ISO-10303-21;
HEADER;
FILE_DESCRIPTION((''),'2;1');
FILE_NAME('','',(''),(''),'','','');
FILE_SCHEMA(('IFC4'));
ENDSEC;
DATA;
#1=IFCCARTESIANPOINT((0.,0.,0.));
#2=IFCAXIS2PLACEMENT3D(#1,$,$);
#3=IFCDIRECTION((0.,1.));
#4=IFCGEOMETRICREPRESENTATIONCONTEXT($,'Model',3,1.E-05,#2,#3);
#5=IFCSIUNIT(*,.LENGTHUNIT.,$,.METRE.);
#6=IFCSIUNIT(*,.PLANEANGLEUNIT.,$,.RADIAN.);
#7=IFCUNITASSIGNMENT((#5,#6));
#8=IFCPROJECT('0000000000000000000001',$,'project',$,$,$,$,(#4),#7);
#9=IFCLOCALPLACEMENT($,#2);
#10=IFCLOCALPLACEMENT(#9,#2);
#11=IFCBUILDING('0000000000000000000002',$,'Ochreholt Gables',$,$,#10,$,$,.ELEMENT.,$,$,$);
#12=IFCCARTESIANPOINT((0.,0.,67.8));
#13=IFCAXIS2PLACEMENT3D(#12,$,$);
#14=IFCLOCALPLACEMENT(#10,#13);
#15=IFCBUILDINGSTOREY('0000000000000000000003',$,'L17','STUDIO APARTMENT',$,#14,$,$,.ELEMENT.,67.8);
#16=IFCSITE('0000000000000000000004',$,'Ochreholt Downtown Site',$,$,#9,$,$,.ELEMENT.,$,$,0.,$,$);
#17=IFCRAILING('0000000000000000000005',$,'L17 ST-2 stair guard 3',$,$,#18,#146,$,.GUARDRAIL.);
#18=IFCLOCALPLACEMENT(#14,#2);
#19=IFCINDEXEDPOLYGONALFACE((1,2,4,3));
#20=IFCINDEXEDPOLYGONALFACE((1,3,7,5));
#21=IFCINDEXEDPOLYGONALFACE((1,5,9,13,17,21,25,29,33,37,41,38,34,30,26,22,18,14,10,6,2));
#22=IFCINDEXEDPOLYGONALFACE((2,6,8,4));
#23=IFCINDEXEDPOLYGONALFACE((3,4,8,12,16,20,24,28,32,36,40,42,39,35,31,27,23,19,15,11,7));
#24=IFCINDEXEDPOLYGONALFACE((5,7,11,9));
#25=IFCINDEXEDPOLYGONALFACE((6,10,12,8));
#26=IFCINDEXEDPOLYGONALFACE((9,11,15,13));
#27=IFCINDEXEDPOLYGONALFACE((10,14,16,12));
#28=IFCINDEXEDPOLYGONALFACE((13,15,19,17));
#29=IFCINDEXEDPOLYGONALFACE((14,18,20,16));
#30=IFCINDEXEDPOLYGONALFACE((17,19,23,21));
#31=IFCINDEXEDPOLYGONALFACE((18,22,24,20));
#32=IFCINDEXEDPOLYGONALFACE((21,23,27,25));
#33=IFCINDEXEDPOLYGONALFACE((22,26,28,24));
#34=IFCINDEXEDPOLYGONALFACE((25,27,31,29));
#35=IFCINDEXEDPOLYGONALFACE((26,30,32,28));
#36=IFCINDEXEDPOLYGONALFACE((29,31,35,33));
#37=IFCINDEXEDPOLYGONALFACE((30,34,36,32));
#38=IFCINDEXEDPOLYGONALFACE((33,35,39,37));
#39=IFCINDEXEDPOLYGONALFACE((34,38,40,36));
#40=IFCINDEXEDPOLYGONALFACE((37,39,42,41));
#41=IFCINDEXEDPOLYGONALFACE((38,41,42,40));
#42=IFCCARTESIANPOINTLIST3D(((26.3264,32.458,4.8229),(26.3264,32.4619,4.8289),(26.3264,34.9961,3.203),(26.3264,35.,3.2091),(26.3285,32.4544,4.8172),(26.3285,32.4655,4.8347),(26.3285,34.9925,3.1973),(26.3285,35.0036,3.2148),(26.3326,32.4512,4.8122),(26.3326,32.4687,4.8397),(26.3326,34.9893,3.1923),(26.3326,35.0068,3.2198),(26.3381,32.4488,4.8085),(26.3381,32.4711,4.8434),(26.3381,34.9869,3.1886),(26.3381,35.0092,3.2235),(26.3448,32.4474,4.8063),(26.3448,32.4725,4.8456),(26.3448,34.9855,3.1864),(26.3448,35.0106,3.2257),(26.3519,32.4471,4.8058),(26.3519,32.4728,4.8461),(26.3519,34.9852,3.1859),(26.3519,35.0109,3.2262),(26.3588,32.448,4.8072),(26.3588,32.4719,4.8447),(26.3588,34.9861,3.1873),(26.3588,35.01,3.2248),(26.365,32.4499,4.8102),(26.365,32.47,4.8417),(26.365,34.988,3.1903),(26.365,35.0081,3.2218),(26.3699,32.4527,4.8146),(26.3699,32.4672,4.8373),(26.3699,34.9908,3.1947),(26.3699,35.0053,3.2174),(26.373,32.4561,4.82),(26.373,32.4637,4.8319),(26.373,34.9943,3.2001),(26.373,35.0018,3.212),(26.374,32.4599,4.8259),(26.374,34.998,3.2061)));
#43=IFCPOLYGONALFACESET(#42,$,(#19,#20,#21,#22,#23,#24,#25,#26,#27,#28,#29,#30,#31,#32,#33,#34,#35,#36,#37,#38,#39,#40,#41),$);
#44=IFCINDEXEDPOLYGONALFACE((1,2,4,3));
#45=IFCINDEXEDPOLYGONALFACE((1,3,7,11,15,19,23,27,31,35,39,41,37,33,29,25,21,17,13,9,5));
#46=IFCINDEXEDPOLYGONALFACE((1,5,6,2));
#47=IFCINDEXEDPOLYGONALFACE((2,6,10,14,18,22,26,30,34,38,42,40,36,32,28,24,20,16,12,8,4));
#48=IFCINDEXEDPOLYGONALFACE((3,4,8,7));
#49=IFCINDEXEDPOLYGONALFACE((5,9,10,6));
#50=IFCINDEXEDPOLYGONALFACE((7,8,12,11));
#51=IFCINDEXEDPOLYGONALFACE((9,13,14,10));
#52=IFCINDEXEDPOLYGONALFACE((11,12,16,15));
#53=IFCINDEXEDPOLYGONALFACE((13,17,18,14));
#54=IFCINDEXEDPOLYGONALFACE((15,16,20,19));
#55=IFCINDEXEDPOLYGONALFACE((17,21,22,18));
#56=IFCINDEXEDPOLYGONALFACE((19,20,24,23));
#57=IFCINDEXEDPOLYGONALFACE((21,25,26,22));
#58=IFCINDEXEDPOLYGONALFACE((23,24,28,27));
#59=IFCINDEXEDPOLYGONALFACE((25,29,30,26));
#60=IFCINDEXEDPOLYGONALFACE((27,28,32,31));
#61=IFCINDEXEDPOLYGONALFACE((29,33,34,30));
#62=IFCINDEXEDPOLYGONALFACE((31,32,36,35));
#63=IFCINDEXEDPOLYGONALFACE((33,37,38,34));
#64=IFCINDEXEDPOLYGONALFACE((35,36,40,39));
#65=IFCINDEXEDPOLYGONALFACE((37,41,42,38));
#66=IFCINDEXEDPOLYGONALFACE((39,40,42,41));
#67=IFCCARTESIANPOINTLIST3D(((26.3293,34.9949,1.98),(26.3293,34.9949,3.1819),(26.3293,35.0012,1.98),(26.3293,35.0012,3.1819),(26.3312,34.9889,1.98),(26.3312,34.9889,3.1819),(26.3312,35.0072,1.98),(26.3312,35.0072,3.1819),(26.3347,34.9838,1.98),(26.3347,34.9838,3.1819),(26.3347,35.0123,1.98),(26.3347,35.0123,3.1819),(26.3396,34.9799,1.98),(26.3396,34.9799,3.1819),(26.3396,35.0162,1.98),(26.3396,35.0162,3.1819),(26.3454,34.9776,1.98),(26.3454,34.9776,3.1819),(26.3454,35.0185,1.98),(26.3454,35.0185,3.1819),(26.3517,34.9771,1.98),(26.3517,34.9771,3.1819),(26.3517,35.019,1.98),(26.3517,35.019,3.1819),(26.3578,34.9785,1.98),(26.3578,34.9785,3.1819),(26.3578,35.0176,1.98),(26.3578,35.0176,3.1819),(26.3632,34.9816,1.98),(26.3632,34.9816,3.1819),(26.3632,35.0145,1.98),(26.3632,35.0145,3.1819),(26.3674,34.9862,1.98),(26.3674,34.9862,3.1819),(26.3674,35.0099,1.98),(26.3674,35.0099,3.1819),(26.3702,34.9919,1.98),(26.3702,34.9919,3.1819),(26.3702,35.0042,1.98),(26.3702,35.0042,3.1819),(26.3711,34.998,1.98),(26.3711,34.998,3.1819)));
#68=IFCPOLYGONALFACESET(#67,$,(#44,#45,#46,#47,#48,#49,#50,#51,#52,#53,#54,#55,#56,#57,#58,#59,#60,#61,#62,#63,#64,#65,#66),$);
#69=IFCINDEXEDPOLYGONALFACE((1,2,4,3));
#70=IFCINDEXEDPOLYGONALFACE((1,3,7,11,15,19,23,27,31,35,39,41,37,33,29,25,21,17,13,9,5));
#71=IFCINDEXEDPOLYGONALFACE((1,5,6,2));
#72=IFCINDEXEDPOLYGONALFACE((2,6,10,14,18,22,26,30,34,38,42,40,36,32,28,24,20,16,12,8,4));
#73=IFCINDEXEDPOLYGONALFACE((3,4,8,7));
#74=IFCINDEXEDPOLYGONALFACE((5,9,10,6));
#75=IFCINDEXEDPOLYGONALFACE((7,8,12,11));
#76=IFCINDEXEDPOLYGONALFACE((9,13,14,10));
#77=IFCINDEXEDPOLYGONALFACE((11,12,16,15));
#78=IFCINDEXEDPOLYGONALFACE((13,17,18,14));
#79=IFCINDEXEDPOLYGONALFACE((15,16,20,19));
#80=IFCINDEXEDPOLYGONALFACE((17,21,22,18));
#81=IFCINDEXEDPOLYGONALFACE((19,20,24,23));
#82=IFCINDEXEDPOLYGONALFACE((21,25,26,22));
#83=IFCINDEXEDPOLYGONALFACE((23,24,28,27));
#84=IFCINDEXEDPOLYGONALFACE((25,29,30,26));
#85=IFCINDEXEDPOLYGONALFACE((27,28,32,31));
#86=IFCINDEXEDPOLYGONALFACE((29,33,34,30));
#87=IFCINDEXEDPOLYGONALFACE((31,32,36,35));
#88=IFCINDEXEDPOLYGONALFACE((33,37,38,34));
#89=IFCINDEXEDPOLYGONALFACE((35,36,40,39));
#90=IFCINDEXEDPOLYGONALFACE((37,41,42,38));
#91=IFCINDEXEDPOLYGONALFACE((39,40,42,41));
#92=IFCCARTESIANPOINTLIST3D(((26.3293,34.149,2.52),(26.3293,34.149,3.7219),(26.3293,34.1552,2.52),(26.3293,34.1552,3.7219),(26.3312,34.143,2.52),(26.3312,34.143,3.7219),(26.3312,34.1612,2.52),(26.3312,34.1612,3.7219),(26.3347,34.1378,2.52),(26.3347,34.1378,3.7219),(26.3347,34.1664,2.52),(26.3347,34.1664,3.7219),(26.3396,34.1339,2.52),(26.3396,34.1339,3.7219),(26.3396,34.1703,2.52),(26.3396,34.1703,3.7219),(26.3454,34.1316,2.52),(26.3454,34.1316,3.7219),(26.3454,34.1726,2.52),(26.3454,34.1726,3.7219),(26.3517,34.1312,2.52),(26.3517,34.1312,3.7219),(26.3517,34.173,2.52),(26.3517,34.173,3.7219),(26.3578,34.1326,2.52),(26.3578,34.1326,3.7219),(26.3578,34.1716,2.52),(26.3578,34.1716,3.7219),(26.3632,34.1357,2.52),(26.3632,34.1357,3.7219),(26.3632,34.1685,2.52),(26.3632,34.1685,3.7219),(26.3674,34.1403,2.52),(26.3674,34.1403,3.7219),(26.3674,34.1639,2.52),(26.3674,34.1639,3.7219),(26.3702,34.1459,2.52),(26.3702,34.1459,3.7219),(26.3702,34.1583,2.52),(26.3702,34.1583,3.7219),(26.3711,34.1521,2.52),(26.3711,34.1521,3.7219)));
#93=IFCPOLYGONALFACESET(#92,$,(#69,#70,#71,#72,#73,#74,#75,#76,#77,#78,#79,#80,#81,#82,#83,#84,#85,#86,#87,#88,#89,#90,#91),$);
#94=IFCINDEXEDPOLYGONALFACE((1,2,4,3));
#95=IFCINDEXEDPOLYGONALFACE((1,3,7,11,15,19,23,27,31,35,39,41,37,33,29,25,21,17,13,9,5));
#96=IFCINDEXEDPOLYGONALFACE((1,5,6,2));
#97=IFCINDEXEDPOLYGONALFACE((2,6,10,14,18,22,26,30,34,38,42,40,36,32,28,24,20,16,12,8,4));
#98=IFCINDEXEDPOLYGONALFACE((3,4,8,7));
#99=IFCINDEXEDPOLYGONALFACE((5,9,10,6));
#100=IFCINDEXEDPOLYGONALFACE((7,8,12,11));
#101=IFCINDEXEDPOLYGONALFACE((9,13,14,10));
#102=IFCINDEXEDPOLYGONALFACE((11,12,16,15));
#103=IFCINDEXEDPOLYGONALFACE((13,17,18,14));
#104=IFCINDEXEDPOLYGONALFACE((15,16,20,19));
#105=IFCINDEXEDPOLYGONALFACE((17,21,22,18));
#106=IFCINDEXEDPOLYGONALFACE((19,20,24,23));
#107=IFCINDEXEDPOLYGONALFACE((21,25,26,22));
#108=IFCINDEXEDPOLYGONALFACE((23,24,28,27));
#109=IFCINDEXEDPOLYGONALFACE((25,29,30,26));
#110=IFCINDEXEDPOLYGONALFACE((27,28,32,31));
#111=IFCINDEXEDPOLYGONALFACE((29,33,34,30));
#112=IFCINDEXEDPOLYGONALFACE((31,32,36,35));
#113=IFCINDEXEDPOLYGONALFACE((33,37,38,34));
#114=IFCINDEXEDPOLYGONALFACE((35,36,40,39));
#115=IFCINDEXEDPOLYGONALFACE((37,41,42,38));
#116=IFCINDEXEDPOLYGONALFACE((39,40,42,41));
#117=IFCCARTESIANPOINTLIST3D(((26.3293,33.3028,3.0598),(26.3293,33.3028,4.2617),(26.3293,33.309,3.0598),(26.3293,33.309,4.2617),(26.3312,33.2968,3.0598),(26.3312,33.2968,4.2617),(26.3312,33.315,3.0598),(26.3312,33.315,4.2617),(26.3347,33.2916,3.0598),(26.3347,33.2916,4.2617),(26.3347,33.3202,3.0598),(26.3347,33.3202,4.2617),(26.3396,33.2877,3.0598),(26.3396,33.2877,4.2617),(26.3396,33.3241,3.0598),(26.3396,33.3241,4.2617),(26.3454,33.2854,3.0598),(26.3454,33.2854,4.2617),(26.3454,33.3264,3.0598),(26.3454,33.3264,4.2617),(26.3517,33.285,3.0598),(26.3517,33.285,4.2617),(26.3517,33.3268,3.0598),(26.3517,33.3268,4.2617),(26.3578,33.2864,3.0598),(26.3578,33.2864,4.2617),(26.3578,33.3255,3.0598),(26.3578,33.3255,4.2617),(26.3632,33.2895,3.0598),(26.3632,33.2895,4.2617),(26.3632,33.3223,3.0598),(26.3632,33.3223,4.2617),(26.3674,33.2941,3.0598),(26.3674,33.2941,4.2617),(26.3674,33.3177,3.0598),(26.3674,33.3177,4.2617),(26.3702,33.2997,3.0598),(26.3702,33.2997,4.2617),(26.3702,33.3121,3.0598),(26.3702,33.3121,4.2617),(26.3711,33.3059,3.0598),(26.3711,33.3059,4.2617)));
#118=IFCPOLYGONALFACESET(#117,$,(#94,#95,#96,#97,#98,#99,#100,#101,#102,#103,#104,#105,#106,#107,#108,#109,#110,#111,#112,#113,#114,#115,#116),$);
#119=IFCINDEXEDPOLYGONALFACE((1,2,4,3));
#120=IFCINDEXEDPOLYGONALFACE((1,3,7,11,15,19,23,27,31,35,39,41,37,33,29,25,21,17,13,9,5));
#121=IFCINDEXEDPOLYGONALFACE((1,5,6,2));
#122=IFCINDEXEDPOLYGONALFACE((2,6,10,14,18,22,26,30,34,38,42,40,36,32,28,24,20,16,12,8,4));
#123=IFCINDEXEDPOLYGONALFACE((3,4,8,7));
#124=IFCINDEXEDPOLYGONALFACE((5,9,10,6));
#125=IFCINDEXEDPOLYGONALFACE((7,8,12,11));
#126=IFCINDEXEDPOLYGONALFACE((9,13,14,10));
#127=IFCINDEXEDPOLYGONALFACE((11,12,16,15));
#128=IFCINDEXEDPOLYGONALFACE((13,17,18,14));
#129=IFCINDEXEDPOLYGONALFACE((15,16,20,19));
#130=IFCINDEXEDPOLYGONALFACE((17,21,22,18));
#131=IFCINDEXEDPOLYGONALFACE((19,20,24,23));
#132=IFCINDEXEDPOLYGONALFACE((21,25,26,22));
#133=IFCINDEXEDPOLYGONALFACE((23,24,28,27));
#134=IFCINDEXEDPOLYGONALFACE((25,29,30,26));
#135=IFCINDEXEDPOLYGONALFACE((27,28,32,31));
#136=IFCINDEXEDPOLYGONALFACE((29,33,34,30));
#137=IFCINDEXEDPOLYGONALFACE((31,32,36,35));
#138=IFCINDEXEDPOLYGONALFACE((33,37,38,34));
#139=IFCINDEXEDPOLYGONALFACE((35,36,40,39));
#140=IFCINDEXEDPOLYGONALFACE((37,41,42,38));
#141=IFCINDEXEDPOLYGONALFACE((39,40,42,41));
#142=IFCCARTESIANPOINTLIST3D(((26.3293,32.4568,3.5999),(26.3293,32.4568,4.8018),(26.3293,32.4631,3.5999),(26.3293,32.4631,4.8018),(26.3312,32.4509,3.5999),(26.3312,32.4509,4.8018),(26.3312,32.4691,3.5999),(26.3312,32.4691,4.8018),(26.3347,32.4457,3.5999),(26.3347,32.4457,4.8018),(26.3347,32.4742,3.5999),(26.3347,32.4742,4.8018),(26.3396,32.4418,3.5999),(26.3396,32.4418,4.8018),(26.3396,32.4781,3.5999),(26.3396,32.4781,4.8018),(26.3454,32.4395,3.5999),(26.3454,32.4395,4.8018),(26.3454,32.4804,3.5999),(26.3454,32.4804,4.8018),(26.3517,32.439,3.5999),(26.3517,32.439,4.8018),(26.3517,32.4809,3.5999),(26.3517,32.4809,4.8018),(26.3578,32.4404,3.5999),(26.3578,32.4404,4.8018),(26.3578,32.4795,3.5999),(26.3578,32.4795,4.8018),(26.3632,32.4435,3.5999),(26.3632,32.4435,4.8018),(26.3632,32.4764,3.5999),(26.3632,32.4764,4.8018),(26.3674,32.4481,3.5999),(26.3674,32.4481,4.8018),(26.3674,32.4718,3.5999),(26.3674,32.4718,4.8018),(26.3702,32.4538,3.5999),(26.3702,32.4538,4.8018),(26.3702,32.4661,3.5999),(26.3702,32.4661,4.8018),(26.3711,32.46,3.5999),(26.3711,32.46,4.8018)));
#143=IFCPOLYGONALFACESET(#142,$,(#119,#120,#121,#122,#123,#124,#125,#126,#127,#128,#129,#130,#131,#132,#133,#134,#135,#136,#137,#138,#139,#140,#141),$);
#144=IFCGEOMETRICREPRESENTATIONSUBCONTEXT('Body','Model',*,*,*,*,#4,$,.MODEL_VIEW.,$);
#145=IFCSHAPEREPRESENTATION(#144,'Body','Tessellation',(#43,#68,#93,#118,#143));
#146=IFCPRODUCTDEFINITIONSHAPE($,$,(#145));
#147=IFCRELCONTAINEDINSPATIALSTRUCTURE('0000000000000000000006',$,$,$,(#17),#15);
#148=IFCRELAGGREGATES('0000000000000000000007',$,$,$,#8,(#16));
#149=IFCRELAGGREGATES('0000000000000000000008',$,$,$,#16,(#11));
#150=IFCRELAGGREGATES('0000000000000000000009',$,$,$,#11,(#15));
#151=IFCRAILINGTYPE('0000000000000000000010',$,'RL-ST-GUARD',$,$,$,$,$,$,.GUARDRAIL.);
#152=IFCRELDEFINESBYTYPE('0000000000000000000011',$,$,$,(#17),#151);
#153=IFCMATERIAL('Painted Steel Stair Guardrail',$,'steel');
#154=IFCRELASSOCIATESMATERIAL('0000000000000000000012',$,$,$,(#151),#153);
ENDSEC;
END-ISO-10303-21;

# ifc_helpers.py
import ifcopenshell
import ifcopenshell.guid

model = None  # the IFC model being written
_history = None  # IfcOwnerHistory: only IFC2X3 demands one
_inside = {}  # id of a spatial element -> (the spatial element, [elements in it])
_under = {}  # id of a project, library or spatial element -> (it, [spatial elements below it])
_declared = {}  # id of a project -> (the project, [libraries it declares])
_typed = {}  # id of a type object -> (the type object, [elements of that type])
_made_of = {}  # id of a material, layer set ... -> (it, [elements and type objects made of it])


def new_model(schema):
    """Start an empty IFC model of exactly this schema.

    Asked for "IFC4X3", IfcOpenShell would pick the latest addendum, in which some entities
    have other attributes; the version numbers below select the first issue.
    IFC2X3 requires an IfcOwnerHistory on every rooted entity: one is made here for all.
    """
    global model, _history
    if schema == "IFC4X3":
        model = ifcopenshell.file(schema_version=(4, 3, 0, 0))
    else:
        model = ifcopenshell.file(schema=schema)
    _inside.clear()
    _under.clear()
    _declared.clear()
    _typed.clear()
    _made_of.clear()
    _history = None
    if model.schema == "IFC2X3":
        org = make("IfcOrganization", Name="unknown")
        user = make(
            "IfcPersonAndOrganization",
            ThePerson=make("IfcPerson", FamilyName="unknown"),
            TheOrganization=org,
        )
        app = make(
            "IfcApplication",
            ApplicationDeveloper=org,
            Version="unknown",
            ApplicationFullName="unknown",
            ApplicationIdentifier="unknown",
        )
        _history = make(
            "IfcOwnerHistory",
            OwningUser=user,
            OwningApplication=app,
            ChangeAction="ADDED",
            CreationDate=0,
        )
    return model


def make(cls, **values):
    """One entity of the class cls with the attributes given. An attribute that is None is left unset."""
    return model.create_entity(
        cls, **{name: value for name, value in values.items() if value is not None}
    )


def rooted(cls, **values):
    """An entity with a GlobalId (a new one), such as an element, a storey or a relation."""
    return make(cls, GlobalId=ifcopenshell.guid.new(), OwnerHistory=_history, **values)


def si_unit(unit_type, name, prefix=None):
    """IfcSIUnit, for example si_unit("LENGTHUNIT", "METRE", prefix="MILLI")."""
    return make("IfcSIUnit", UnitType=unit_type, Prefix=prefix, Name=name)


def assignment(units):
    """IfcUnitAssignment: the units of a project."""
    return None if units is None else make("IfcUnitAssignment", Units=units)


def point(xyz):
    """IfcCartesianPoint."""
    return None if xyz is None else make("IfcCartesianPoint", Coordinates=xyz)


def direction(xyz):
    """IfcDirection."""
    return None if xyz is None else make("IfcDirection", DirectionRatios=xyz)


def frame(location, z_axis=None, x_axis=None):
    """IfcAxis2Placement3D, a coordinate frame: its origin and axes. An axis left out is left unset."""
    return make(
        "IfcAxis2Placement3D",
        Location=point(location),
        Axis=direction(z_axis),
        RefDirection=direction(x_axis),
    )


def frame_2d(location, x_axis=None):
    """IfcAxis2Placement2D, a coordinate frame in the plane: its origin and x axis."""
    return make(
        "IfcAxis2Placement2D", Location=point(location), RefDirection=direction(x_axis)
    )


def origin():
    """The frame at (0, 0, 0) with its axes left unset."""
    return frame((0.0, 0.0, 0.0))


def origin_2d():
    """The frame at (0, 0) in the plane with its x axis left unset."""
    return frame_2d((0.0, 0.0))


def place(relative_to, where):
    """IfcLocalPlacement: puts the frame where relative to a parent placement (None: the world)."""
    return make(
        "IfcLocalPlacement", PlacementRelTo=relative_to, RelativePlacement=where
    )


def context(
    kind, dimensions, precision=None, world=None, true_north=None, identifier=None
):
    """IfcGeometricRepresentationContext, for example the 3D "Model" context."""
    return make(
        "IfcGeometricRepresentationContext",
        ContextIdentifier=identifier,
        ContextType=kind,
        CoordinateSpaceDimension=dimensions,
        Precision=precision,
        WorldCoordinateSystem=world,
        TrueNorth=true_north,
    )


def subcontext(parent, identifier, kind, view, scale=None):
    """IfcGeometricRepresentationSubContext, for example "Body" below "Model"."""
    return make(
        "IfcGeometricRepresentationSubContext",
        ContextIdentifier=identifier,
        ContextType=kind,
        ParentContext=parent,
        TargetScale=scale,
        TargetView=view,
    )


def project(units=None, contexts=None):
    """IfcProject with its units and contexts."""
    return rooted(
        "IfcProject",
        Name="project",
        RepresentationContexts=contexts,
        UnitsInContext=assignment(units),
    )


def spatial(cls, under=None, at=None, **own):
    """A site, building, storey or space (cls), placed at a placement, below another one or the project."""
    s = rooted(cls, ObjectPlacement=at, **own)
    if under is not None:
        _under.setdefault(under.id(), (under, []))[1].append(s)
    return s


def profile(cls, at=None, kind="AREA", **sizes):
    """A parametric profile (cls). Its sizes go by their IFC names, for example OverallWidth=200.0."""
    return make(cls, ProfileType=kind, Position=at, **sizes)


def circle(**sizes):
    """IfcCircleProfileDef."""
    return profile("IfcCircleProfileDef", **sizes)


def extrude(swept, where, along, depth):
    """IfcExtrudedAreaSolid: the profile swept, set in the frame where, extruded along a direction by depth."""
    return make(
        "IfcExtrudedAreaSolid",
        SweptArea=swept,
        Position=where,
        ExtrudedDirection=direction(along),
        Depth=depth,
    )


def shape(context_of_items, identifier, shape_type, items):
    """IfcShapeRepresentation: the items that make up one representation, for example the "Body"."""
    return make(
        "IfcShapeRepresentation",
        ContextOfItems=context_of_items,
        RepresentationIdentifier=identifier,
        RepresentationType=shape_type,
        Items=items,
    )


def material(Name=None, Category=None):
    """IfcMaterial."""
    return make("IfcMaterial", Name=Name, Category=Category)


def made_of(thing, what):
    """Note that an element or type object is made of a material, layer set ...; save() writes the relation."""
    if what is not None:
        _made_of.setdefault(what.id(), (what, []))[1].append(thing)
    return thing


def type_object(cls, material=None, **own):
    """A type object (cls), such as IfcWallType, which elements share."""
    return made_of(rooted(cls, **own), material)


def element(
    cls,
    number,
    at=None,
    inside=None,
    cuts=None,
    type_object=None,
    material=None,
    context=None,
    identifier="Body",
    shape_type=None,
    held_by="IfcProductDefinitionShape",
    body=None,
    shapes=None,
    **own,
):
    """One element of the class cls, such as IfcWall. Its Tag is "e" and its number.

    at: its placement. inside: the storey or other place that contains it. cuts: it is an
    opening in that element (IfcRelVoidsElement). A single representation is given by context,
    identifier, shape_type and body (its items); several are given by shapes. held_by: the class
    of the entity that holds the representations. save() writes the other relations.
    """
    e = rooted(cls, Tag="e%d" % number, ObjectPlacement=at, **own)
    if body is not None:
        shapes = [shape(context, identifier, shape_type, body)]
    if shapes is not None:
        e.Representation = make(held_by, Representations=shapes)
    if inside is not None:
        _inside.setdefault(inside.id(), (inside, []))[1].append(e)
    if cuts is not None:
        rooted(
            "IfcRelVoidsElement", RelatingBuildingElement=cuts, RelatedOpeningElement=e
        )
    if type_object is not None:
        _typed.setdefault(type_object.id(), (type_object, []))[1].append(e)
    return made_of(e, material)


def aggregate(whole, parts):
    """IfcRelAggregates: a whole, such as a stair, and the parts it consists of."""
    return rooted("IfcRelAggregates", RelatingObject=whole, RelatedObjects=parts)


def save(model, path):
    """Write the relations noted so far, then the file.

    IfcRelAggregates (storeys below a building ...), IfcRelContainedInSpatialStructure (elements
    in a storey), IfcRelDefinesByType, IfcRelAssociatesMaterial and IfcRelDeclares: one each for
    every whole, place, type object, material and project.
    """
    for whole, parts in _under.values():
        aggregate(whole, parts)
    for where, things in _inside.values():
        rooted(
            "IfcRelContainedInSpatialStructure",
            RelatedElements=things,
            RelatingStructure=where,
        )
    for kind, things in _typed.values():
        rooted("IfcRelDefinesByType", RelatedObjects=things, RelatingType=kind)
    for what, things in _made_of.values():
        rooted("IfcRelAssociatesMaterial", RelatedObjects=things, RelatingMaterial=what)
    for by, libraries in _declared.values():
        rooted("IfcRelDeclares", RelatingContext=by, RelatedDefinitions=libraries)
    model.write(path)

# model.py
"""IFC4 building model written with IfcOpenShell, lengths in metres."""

from ifc_helpers import new_model, si_unit, direction, frame, origin, origin_2d, place, context, subcontext, project, spatial, circle, extrude, material, type_object, element, save


model = new_model("IFC4")

# Units and contexts
model_context = context("Model", 3, precision=1e-05, world=origin(), true_north=direction((0.0, 1.0)))
body_context = subcontext(model_context, "Body", "Model", "MODEL_VIEW")
ifc_project = project(units=[si_unit("LENGTHUNIT", "METRE"), si_unit("PLANEANGLEUNIT", "RADIAN")], contexts=[model_context])

# Site, building, storey
site_placement = place(None, origin())
site = spatial("IfcSite", under=ifc_project, at=site_placement, Name="Ochreholt Downtown Site", CompositionType="ELEMENT", RefElevation=0.0)
building_placement = place(site_placement, origin())
building = spatial("IfcBuilding", under=site, at=building_placement, Name="Ochreholt Gables", CompositionType="ELEMENT")
storey_placement = place(building_placement, frame((0.0, 0.0, 67.8)))
storey = spatial("IfcBuildingStorey", under=building, at=storey_placement, Name="L17", Description="STUDIO APARTMENT", CompositionType="ELEMENT", Elevation=67.8)

# Railing
ifc_material_1 = material(Name="Painted Steel Stair Guardrail", Category="steel")
railing_type_1 = type_object("IfcRailingType", Name="RL-ST-GUARD", PredefinedType="GUARDRAIL", material=ifc_material_1)
railing_1_placement = place(storey_placement, frame((26.3501, 34.998, 1.98)))
element("IfcRailing", 1, at=railing_1_placement, inside=storey, type_object=railing_type_1, Name="L17 ST-2 stair guard 3", PredefinedType="GUARDRAIL", context=body_context, shape_type="SweptSolid", body=[
    extrude(circle(Radius=0.0239, at=origin_2d()), frame((0.0, 0.0, 1.2261), z_axis=(0.0, -0.84295, 0.537993), x_axis=(1.0, 0.0, 0.0)), (0.0, 0.0, 1.0), 3.011),
    extrude(circle(Radius=0.021, at=origin_2d()), origin(), (0.0, 0.0, 1.0), 1.2019),
    extrude(circle(Radius=0.021, at=origin_2d()), frame((0.0, -0.8459, 0.54)), (0.0, 0.0, 1.0), 1.2019),
    extrude(circle(Radius=0.021, at=origin_2d()), frame((0.0, -1.6921, 1.0798)), (0.0, 0.0, 1.0), 1.2019),
    extrude(circle(Radius=0.021, at=origin_2d()), frame((0.0, -2.5381, 1.6199)), (0.0, 0.0, 1.0), 1.2019),
])

save(model, "model.ifc")
